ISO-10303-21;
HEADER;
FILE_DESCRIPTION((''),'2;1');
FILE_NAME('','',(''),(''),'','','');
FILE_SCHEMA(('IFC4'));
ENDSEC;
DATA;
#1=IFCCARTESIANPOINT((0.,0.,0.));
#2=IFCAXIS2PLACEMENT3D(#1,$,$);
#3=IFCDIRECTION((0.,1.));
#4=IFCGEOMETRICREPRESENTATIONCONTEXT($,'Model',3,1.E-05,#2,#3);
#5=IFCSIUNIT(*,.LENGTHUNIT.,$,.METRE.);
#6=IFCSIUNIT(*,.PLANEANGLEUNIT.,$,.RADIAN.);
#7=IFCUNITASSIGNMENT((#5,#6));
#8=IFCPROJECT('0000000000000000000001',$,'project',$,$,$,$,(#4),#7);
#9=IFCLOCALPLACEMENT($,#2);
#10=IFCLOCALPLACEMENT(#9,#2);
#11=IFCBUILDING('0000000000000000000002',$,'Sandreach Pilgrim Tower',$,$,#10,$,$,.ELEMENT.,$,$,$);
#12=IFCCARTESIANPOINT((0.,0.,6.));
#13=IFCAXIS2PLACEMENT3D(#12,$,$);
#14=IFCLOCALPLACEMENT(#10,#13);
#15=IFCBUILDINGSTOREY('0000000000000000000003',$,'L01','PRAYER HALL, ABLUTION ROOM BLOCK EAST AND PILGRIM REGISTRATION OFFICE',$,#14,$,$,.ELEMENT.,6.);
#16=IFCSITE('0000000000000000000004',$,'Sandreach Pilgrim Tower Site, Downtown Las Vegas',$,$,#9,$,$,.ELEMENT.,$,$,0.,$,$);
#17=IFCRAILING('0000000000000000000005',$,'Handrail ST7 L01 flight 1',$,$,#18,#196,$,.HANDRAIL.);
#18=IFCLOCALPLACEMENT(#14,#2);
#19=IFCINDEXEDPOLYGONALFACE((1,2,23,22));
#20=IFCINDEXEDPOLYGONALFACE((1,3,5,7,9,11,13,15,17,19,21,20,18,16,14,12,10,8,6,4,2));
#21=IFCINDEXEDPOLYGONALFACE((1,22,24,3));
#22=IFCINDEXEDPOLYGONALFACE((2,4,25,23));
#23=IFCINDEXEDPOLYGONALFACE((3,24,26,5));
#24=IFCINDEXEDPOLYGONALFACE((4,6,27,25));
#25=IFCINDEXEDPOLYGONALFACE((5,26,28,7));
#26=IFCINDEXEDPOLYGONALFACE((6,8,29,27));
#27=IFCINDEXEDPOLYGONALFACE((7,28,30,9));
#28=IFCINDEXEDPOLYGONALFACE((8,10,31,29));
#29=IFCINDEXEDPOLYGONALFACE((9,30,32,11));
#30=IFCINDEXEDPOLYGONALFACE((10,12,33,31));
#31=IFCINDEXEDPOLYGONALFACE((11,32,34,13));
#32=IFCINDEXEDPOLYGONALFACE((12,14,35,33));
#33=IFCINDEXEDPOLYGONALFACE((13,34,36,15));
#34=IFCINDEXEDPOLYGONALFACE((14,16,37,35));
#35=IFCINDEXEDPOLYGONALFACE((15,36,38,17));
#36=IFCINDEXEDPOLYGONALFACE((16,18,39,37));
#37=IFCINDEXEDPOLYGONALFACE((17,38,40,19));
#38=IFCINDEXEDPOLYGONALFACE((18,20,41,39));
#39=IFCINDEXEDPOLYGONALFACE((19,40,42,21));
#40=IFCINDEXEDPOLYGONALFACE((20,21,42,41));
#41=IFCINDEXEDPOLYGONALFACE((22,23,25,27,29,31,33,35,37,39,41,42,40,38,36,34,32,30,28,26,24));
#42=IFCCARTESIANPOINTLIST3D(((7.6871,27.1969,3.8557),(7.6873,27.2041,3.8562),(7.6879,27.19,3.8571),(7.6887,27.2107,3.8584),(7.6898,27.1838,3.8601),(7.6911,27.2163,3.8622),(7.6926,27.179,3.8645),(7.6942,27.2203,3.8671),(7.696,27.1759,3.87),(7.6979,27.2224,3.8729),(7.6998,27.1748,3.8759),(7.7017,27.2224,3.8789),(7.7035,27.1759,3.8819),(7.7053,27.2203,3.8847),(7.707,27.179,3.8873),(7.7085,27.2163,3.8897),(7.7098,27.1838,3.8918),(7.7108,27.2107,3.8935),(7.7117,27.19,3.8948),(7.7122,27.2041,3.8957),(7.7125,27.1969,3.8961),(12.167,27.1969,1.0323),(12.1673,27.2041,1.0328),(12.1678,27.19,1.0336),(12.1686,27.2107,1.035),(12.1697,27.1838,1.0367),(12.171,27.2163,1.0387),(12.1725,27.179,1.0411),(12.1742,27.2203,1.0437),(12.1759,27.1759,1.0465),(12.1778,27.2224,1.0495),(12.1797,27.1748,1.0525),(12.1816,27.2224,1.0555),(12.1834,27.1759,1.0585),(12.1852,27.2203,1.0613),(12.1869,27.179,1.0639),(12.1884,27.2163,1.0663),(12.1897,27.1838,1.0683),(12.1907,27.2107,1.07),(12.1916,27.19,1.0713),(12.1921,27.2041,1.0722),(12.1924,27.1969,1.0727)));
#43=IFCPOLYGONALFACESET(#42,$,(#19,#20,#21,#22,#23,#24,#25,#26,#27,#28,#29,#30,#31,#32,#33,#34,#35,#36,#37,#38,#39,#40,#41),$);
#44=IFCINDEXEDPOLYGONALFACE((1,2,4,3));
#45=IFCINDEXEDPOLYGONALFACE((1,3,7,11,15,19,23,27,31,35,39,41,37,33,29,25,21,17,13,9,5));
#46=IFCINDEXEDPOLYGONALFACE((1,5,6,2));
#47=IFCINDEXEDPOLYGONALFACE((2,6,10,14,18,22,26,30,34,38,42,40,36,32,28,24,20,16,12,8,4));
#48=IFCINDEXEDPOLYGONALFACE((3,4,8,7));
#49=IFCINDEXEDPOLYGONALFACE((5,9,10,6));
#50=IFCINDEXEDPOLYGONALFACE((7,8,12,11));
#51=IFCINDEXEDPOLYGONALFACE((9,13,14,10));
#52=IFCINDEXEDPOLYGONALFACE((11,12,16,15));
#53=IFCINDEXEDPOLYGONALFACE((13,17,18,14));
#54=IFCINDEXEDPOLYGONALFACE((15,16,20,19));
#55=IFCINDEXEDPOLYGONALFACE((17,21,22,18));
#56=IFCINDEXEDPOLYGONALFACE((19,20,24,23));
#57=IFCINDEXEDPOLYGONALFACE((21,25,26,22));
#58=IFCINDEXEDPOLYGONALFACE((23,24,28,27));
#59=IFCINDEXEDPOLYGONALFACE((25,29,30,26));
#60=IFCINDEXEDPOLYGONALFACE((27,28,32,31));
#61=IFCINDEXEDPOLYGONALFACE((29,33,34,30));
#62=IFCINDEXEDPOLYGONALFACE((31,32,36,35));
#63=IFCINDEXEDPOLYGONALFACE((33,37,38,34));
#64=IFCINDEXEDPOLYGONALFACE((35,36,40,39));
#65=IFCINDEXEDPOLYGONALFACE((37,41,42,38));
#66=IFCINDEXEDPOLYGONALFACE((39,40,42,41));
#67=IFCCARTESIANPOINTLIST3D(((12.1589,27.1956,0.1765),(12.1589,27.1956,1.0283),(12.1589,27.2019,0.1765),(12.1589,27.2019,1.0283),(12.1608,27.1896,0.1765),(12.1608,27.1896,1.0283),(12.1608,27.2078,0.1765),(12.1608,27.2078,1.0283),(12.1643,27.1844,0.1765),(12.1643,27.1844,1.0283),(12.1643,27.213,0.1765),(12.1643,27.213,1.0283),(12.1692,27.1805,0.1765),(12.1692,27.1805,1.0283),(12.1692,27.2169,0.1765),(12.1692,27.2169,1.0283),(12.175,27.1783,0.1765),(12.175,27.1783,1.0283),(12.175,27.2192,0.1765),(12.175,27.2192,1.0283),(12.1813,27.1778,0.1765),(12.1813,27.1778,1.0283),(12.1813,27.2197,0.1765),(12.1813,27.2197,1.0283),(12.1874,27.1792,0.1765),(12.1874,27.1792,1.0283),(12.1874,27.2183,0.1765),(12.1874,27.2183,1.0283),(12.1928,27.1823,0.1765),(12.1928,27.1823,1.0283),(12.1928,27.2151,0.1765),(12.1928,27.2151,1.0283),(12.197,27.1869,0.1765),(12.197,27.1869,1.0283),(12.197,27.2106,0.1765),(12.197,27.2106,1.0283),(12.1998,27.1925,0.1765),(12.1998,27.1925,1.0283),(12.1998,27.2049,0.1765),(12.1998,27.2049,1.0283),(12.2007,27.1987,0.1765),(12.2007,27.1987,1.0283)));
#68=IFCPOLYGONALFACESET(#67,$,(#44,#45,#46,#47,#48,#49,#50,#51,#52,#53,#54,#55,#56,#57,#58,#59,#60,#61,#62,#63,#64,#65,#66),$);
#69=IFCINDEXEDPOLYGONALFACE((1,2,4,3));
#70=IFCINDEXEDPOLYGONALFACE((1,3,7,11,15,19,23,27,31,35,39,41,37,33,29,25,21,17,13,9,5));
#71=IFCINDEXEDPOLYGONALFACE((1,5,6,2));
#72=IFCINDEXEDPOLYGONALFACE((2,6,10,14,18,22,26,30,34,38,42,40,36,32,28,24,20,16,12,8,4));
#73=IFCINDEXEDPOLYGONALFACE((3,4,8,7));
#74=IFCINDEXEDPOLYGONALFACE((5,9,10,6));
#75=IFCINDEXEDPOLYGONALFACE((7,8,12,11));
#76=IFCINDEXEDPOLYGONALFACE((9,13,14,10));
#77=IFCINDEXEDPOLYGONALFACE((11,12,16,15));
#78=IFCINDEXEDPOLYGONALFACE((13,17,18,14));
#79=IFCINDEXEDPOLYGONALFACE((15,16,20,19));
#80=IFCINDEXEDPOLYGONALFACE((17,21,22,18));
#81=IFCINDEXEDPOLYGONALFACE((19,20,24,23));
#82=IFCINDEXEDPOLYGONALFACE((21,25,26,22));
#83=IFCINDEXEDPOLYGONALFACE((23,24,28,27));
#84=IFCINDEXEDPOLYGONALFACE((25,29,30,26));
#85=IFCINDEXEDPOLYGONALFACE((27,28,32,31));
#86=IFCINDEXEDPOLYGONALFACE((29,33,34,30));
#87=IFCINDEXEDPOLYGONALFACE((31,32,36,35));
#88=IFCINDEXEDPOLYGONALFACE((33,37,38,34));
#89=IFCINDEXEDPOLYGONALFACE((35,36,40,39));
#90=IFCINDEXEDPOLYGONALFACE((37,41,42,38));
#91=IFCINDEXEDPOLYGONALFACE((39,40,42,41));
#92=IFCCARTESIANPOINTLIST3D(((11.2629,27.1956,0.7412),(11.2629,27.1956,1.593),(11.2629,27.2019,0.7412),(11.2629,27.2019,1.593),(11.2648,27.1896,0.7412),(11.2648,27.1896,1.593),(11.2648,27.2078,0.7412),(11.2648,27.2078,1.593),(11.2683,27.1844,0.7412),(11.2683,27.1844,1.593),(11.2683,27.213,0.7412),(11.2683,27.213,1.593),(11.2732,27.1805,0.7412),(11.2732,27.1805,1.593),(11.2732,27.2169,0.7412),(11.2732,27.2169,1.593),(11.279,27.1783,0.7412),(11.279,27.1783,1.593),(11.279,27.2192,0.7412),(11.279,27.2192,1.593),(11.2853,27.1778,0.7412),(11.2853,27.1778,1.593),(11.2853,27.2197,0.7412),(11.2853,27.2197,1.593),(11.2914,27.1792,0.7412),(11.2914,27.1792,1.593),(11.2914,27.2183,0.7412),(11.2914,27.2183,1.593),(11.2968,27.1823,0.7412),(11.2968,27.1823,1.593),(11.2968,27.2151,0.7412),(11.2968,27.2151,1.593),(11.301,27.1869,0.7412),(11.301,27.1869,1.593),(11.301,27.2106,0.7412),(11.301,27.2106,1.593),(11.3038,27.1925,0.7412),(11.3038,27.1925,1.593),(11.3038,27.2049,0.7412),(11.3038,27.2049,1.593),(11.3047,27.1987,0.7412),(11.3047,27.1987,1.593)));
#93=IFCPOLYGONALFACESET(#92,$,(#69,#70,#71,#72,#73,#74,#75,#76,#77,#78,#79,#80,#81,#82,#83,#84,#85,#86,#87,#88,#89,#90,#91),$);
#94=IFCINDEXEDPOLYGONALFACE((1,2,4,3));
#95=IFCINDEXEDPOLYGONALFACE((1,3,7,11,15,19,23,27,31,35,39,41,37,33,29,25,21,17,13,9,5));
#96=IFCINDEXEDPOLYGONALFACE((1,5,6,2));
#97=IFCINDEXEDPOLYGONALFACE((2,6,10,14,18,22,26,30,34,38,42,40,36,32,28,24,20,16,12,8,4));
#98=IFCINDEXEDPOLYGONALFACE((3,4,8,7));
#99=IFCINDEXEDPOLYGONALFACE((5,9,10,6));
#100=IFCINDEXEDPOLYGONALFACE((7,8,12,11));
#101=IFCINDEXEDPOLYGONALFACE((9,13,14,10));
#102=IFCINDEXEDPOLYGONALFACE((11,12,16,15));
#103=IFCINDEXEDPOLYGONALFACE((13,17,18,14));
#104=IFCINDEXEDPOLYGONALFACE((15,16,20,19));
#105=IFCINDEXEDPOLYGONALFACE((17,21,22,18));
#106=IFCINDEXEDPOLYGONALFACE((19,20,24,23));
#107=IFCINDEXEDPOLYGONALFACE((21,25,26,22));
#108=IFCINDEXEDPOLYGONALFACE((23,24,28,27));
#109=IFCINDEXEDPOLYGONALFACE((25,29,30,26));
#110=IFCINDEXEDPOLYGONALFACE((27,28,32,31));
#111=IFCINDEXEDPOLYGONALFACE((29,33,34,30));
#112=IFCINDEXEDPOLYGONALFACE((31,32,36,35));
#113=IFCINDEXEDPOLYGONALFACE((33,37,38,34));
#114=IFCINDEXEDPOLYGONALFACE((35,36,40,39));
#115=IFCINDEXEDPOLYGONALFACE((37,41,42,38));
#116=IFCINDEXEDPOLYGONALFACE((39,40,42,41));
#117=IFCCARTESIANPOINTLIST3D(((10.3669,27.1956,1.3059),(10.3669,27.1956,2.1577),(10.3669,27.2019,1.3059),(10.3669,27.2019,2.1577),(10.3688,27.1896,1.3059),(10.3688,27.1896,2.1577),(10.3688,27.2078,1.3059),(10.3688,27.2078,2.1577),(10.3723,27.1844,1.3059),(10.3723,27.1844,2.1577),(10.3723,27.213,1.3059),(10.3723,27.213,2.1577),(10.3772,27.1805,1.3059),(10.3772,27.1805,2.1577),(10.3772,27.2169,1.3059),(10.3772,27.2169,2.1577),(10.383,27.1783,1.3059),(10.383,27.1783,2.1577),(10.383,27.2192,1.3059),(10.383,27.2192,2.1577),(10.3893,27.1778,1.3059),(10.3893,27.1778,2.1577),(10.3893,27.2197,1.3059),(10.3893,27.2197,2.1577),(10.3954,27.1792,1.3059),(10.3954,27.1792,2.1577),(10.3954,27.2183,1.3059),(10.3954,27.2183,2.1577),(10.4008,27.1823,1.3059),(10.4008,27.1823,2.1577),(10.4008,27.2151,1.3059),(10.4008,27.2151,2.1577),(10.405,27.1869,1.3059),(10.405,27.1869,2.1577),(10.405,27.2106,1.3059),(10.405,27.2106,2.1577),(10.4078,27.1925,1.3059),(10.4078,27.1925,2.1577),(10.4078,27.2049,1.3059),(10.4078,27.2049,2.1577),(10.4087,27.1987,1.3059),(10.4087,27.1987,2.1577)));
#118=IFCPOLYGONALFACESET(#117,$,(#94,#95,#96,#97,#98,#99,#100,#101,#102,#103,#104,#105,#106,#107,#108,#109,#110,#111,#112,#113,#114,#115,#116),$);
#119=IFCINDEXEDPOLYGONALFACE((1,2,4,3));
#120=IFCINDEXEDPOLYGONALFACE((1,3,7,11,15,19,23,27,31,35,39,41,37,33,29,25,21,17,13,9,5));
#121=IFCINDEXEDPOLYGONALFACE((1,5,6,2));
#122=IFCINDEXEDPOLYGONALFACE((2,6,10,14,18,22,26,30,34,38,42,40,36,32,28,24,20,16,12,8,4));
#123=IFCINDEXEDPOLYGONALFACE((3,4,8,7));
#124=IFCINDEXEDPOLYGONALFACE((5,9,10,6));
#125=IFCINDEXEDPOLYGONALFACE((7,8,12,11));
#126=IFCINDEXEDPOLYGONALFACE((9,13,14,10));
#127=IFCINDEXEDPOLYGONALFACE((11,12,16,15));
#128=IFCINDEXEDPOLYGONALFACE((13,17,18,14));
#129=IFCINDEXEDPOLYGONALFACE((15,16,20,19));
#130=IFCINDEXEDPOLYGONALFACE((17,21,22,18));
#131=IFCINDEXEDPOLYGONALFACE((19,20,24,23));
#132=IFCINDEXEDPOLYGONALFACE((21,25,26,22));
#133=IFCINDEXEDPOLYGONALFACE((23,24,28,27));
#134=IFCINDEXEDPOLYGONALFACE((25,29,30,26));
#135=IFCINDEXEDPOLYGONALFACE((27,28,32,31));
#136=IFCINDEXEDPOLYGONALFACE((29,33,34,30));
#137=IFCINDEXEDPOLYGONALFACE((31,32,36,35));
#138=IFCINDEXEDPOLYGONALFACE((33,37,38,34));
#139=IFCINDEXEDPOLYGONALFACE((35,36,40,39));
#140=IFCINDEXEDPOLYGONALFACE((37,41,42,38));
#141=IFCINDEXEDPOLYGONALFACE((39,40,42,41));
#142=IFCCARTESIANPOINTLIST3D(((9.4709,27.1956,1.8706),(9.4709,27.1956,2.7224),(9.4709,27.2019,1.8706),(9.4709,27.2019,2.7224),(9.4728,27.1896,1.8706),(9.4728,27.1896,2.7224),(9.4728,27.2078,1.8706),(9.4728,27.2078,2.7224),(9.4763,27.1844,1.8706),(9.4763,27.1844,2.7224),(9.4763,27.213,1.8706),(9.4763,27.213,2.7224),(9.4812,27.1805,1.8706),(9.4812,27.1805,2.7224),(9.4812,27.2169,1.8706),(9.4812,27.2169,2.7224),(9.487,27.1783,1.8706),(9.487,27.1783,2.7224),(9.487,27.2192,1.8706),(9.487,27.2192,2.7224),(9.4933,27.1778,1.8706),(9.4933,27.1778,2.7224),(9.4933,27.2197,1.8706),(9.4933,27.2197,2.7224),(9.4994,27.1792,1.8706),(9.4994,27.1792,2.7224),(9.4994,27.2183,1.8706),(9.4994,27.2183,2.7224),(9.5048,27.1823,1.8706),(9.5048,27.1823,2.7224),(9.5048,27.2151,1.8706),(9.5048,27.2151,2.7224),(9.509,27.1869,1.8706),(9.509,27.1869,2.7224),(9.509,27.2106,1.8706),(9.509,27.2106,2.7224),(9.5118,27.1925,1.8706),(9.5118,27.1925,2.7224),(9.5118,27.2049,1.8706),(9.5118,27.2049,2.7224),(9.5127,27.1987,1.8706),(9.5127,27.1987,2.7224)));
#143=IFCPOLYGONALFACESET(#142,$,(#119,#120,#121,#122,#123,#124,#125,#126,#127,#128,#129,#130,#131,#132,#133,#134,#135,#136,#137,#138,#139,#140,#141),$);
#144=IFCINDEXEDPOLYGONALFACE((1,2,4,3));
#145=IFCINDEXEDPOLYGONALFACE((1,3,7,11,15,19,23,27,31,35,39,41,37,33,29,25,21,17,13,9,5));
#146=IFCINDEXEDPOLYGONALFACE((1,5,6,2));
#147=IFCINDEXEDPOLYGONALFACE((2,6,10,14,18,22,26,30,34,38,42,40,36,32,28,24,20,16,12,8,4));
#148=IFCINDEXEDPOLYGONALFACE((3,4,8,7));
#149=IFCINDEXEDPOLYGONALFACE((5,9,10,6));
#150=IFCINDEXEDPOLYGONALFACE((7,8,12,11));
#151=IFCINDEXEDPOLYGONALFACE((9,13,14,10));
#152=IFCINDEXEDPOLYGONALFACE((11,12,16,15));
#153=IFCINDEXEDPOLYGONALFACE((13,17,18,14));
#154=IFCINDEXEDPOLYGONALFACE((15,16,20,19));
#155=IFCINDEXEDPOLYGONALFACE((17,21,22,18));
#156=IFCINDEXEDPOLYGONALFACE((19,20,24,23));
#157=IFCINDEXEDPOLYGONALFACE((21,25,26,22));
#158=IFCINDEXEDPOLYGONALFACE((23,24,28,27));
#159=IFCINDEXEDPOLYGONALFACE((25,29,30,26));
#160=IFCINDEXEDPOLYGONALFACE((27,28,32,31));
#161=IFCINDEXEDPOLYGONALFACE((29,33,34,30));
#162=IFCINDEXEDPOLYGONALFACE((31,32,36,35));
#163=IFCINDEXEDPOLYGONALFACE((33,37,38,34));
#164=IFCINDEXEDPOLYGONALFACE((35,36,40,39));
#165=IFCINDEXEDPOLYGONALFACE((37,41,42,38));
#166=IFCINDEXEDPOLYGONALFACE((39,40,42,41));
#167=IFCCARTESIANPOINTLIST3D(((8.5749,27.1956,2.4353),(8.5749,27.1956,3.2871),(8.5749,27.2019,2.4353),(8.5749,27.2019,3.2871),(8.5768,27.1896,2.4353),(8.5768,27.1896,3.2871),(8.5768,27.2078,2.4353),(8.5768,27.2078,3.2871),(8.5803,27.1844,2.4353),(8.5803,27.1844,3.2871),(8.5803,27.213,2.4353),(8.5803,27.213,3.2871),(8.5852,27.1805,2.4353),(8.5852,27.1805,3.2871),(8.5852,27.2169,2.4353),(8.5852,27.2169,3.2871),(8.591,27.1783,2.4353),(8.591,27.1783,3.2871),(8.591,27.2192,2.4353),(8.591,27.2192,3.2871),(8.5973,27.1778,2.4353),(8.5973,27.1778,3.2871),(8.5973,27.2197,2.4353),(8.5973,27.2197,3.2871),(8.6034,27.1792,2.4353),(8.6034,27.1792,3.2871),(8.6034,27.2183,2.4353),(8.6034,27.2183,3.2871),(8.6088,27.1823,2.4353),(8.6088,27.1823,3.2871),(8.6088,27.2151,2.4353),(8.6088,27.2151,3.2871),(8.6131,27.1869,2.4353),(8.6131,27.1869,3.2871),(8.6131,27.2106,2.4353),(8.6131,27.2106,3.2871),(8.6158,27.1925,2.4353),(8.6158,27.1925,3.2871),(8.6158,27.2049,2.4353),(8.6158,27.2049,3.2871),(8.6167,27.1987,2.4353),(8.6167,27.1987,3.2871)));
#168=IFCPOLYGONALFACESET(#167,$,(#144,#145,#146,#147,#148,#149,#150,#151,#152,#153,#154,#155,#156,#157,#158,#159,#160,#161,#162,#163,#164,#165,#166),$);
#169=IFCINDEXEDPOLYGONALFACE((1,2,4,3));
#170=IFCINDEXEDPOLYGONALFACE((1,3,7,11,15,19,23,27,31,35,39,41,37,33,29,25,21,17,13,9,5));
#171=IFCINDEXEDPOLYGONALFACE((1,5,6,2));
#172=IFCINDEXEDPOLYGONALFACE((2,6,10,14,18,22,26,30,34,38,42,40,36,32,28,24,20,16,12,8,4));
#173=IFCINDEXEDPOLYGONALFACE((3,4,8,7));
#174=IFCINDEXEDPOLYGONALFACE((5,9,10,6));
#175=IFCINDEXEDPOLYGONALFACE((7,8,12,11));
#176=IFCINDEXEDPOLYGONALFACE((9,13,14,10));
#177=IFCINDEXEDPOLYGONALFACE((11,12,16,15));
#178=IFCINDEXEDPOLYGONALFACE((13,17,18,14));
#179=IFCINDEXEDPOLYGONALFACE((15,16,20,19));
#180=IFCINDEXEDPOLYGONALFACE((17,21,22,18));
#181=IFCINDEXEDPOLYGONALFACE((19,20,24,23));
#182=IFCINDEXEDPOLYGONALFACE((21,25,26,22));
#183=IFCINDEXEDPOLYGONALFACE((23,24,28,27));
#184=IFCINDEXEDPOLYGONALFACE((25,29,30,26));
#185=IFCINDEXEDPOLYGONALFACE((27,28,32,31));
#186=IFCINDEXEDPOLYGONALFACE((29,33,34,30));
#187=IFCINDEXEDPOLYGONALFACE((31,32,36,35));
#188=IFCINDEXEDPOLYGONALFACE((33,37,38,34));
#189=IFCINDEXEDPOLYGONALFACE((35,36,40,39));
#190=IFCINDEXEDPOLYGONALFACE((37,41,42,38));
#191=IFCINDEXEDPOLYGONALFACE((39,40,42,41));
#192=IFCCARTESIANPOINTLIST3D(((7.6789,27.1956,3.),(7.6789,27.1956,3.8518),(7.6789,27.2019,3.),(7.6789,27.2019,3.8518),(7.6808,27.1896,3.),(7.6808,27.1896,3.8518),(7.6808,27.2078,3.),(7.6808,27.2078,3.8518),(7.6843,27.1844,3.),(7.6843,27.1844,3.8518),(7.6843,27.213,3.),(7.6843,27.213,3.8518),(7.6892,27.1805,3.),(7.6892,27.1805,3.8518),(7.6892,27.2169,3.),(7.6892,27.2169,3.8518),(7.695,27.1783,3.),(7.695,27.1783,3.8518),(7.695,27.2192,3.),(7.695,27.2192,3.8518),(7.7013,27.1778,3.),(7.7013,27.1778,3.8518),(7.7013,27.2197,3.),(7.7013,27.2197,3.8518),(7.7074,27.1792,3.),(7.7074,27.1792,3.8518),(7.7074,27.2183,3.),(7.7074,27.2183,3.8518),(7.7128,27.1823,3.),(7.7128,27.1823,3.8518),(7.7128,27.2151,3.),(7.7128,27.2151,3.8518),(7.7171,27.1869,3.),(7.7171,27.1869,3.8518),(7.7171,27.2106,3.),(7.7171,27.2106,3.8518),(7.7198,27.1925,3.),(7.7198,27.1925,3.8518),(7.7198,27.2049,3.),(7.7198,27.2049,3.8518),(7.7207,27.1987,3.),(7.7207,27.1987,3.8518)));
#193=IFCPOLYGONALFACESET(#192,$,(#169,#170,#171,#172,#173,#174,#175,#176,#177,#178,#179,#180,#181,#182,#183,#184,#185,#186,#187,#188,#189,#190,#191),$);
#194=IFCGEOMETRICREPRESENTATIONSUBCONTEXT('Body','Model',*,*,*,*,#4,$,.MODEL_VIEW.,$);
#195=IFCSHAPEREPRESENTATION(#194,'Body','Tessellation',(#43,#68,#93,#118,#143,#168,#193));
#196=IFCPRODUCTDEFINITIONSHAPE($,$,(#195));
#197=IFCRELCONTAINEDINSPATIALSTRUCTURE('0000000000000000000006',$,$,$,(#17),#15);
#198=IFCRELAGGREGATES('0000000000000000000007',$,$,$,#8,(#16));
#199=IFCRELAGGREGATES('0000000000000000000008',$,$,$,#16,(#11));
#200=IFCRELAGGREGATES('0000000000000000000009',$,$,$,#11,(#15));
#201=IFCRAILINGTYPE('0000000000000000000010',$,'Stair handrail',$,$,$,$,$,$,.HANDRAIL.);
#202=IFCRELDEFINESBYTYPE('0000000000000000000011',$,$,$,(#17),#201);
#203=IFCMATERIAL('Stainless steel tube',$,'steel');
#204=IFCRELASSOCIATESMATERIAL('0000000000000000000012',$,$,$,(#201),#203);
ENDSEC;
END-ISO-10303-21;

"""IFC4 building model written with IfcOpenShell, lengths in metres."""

from ifc_helpers import new_model, si_unit, direction, frame, origin, origin_2d, place, context, subcontext, project, spatial, circle, extrude, material, type_object, element, save


model = new_model("IFC4")

# Units and contexts
model_context = context("Model", 3, precision=1e-05, world=origin(), true_north=direction((0.0, 1.0)))
body_context = subcontext(model_context, "Body", "Model", "MODEL_VIEW")
ifc_project = project(units=[si_unit("LENGTHUNIT", "METRE"), si_unit("PLANEANGLEUNIT", "RADIAN")], contexts=[model_context])

# Site, building, storey
site_placement = place(None, origin())
site = spatial("IfcSite", under=ifc_project, at=site_placement, Name="Sandreach Pilgrim Tower Site, Downtown Las Vegas", CompositionType="ELEMENT", RefElevation=0.0)
building_placement = place(site_placement, origin())
building = spatial("IfcBuilding", under=site, at=building_placement, Name="Sandreach Pilgrim Tower", CompositionType="ELEMENT")
storey_placement = place(building_placement, frame((0.0, 0.0, 6.0)))
storey = spatial("IfcBuildingStorey", under=building, at=storey_placement, Name="L01", Description="PRAYER HALL, ABLUTION ROOM BLOCK EAST AND PILGRIM REGISTRATION OFFICE", CompositionType="ELEMENT", Elevation=6.0)

# Railing
ifc_material_1 = material(Name="Stainless steel tube", Category="steel")
railing_type = type_object("IfcRailingType", Name="Stair handrail", PredefinedType="HANDRAIL", material=ifc_material_1)
for number, where, name in (
    (1, (12.1797, 27.1987, 0.1765), "Handrail ST7 L01 flight 1"),
):
    element("IfcRailing", number, at=place(storey_placement, frame(where)), inside=storey, type_object=railing_type, Name=name, PredefinedType="HANDRAIL", context=body_context, shape_type="SweptSolid", body=[
        extrude(circle(Radius=0.0239, at=origin_2d()), frame((0.0, 0.0, 0.876), z_axis=(-0.845998, 0.0, 0.533186), x_axis=(0.0, -1.0, 0.0)), (0.0, 0.0, 1.0), 5.2954),
        extrude(circle(Radius=0.021, at=origin_2d()), origin(), (0.0, 0.0, 1.0), 0.8518),
        extrude(circle(Radius=0.021, at=origin_2d()), frame((-0.896, 0.0, 0.5647)), (0.0, 0.0, 1.0), 0.8518),
        extrude(circle(Radius=0.021, at=origin_2d()), frame((-1.792, 0.0, 1.1294)), (0.0, 0.0, 1.0), 0.8518),
        extrude(circle(Radius=0.021, at=origin_2d()), frame((-2.688, 0.0, 1.6941)), (0.0, 0.0, 1.0), 0.8518),
        extrude(circle(Radius=0.021, at=origin_2d()), frame((-3.584, 0.0, 2.2588)), (0.0, 0.0, 1.0), 0.8518),
        extrude(circle(Radius=0.021, at=origin_2d()), frame((-4.48, 0.0, 2.8235)), (0.0, 0.0, 1.0), 0.8518),
    ])

save(model, "model.ifc")
